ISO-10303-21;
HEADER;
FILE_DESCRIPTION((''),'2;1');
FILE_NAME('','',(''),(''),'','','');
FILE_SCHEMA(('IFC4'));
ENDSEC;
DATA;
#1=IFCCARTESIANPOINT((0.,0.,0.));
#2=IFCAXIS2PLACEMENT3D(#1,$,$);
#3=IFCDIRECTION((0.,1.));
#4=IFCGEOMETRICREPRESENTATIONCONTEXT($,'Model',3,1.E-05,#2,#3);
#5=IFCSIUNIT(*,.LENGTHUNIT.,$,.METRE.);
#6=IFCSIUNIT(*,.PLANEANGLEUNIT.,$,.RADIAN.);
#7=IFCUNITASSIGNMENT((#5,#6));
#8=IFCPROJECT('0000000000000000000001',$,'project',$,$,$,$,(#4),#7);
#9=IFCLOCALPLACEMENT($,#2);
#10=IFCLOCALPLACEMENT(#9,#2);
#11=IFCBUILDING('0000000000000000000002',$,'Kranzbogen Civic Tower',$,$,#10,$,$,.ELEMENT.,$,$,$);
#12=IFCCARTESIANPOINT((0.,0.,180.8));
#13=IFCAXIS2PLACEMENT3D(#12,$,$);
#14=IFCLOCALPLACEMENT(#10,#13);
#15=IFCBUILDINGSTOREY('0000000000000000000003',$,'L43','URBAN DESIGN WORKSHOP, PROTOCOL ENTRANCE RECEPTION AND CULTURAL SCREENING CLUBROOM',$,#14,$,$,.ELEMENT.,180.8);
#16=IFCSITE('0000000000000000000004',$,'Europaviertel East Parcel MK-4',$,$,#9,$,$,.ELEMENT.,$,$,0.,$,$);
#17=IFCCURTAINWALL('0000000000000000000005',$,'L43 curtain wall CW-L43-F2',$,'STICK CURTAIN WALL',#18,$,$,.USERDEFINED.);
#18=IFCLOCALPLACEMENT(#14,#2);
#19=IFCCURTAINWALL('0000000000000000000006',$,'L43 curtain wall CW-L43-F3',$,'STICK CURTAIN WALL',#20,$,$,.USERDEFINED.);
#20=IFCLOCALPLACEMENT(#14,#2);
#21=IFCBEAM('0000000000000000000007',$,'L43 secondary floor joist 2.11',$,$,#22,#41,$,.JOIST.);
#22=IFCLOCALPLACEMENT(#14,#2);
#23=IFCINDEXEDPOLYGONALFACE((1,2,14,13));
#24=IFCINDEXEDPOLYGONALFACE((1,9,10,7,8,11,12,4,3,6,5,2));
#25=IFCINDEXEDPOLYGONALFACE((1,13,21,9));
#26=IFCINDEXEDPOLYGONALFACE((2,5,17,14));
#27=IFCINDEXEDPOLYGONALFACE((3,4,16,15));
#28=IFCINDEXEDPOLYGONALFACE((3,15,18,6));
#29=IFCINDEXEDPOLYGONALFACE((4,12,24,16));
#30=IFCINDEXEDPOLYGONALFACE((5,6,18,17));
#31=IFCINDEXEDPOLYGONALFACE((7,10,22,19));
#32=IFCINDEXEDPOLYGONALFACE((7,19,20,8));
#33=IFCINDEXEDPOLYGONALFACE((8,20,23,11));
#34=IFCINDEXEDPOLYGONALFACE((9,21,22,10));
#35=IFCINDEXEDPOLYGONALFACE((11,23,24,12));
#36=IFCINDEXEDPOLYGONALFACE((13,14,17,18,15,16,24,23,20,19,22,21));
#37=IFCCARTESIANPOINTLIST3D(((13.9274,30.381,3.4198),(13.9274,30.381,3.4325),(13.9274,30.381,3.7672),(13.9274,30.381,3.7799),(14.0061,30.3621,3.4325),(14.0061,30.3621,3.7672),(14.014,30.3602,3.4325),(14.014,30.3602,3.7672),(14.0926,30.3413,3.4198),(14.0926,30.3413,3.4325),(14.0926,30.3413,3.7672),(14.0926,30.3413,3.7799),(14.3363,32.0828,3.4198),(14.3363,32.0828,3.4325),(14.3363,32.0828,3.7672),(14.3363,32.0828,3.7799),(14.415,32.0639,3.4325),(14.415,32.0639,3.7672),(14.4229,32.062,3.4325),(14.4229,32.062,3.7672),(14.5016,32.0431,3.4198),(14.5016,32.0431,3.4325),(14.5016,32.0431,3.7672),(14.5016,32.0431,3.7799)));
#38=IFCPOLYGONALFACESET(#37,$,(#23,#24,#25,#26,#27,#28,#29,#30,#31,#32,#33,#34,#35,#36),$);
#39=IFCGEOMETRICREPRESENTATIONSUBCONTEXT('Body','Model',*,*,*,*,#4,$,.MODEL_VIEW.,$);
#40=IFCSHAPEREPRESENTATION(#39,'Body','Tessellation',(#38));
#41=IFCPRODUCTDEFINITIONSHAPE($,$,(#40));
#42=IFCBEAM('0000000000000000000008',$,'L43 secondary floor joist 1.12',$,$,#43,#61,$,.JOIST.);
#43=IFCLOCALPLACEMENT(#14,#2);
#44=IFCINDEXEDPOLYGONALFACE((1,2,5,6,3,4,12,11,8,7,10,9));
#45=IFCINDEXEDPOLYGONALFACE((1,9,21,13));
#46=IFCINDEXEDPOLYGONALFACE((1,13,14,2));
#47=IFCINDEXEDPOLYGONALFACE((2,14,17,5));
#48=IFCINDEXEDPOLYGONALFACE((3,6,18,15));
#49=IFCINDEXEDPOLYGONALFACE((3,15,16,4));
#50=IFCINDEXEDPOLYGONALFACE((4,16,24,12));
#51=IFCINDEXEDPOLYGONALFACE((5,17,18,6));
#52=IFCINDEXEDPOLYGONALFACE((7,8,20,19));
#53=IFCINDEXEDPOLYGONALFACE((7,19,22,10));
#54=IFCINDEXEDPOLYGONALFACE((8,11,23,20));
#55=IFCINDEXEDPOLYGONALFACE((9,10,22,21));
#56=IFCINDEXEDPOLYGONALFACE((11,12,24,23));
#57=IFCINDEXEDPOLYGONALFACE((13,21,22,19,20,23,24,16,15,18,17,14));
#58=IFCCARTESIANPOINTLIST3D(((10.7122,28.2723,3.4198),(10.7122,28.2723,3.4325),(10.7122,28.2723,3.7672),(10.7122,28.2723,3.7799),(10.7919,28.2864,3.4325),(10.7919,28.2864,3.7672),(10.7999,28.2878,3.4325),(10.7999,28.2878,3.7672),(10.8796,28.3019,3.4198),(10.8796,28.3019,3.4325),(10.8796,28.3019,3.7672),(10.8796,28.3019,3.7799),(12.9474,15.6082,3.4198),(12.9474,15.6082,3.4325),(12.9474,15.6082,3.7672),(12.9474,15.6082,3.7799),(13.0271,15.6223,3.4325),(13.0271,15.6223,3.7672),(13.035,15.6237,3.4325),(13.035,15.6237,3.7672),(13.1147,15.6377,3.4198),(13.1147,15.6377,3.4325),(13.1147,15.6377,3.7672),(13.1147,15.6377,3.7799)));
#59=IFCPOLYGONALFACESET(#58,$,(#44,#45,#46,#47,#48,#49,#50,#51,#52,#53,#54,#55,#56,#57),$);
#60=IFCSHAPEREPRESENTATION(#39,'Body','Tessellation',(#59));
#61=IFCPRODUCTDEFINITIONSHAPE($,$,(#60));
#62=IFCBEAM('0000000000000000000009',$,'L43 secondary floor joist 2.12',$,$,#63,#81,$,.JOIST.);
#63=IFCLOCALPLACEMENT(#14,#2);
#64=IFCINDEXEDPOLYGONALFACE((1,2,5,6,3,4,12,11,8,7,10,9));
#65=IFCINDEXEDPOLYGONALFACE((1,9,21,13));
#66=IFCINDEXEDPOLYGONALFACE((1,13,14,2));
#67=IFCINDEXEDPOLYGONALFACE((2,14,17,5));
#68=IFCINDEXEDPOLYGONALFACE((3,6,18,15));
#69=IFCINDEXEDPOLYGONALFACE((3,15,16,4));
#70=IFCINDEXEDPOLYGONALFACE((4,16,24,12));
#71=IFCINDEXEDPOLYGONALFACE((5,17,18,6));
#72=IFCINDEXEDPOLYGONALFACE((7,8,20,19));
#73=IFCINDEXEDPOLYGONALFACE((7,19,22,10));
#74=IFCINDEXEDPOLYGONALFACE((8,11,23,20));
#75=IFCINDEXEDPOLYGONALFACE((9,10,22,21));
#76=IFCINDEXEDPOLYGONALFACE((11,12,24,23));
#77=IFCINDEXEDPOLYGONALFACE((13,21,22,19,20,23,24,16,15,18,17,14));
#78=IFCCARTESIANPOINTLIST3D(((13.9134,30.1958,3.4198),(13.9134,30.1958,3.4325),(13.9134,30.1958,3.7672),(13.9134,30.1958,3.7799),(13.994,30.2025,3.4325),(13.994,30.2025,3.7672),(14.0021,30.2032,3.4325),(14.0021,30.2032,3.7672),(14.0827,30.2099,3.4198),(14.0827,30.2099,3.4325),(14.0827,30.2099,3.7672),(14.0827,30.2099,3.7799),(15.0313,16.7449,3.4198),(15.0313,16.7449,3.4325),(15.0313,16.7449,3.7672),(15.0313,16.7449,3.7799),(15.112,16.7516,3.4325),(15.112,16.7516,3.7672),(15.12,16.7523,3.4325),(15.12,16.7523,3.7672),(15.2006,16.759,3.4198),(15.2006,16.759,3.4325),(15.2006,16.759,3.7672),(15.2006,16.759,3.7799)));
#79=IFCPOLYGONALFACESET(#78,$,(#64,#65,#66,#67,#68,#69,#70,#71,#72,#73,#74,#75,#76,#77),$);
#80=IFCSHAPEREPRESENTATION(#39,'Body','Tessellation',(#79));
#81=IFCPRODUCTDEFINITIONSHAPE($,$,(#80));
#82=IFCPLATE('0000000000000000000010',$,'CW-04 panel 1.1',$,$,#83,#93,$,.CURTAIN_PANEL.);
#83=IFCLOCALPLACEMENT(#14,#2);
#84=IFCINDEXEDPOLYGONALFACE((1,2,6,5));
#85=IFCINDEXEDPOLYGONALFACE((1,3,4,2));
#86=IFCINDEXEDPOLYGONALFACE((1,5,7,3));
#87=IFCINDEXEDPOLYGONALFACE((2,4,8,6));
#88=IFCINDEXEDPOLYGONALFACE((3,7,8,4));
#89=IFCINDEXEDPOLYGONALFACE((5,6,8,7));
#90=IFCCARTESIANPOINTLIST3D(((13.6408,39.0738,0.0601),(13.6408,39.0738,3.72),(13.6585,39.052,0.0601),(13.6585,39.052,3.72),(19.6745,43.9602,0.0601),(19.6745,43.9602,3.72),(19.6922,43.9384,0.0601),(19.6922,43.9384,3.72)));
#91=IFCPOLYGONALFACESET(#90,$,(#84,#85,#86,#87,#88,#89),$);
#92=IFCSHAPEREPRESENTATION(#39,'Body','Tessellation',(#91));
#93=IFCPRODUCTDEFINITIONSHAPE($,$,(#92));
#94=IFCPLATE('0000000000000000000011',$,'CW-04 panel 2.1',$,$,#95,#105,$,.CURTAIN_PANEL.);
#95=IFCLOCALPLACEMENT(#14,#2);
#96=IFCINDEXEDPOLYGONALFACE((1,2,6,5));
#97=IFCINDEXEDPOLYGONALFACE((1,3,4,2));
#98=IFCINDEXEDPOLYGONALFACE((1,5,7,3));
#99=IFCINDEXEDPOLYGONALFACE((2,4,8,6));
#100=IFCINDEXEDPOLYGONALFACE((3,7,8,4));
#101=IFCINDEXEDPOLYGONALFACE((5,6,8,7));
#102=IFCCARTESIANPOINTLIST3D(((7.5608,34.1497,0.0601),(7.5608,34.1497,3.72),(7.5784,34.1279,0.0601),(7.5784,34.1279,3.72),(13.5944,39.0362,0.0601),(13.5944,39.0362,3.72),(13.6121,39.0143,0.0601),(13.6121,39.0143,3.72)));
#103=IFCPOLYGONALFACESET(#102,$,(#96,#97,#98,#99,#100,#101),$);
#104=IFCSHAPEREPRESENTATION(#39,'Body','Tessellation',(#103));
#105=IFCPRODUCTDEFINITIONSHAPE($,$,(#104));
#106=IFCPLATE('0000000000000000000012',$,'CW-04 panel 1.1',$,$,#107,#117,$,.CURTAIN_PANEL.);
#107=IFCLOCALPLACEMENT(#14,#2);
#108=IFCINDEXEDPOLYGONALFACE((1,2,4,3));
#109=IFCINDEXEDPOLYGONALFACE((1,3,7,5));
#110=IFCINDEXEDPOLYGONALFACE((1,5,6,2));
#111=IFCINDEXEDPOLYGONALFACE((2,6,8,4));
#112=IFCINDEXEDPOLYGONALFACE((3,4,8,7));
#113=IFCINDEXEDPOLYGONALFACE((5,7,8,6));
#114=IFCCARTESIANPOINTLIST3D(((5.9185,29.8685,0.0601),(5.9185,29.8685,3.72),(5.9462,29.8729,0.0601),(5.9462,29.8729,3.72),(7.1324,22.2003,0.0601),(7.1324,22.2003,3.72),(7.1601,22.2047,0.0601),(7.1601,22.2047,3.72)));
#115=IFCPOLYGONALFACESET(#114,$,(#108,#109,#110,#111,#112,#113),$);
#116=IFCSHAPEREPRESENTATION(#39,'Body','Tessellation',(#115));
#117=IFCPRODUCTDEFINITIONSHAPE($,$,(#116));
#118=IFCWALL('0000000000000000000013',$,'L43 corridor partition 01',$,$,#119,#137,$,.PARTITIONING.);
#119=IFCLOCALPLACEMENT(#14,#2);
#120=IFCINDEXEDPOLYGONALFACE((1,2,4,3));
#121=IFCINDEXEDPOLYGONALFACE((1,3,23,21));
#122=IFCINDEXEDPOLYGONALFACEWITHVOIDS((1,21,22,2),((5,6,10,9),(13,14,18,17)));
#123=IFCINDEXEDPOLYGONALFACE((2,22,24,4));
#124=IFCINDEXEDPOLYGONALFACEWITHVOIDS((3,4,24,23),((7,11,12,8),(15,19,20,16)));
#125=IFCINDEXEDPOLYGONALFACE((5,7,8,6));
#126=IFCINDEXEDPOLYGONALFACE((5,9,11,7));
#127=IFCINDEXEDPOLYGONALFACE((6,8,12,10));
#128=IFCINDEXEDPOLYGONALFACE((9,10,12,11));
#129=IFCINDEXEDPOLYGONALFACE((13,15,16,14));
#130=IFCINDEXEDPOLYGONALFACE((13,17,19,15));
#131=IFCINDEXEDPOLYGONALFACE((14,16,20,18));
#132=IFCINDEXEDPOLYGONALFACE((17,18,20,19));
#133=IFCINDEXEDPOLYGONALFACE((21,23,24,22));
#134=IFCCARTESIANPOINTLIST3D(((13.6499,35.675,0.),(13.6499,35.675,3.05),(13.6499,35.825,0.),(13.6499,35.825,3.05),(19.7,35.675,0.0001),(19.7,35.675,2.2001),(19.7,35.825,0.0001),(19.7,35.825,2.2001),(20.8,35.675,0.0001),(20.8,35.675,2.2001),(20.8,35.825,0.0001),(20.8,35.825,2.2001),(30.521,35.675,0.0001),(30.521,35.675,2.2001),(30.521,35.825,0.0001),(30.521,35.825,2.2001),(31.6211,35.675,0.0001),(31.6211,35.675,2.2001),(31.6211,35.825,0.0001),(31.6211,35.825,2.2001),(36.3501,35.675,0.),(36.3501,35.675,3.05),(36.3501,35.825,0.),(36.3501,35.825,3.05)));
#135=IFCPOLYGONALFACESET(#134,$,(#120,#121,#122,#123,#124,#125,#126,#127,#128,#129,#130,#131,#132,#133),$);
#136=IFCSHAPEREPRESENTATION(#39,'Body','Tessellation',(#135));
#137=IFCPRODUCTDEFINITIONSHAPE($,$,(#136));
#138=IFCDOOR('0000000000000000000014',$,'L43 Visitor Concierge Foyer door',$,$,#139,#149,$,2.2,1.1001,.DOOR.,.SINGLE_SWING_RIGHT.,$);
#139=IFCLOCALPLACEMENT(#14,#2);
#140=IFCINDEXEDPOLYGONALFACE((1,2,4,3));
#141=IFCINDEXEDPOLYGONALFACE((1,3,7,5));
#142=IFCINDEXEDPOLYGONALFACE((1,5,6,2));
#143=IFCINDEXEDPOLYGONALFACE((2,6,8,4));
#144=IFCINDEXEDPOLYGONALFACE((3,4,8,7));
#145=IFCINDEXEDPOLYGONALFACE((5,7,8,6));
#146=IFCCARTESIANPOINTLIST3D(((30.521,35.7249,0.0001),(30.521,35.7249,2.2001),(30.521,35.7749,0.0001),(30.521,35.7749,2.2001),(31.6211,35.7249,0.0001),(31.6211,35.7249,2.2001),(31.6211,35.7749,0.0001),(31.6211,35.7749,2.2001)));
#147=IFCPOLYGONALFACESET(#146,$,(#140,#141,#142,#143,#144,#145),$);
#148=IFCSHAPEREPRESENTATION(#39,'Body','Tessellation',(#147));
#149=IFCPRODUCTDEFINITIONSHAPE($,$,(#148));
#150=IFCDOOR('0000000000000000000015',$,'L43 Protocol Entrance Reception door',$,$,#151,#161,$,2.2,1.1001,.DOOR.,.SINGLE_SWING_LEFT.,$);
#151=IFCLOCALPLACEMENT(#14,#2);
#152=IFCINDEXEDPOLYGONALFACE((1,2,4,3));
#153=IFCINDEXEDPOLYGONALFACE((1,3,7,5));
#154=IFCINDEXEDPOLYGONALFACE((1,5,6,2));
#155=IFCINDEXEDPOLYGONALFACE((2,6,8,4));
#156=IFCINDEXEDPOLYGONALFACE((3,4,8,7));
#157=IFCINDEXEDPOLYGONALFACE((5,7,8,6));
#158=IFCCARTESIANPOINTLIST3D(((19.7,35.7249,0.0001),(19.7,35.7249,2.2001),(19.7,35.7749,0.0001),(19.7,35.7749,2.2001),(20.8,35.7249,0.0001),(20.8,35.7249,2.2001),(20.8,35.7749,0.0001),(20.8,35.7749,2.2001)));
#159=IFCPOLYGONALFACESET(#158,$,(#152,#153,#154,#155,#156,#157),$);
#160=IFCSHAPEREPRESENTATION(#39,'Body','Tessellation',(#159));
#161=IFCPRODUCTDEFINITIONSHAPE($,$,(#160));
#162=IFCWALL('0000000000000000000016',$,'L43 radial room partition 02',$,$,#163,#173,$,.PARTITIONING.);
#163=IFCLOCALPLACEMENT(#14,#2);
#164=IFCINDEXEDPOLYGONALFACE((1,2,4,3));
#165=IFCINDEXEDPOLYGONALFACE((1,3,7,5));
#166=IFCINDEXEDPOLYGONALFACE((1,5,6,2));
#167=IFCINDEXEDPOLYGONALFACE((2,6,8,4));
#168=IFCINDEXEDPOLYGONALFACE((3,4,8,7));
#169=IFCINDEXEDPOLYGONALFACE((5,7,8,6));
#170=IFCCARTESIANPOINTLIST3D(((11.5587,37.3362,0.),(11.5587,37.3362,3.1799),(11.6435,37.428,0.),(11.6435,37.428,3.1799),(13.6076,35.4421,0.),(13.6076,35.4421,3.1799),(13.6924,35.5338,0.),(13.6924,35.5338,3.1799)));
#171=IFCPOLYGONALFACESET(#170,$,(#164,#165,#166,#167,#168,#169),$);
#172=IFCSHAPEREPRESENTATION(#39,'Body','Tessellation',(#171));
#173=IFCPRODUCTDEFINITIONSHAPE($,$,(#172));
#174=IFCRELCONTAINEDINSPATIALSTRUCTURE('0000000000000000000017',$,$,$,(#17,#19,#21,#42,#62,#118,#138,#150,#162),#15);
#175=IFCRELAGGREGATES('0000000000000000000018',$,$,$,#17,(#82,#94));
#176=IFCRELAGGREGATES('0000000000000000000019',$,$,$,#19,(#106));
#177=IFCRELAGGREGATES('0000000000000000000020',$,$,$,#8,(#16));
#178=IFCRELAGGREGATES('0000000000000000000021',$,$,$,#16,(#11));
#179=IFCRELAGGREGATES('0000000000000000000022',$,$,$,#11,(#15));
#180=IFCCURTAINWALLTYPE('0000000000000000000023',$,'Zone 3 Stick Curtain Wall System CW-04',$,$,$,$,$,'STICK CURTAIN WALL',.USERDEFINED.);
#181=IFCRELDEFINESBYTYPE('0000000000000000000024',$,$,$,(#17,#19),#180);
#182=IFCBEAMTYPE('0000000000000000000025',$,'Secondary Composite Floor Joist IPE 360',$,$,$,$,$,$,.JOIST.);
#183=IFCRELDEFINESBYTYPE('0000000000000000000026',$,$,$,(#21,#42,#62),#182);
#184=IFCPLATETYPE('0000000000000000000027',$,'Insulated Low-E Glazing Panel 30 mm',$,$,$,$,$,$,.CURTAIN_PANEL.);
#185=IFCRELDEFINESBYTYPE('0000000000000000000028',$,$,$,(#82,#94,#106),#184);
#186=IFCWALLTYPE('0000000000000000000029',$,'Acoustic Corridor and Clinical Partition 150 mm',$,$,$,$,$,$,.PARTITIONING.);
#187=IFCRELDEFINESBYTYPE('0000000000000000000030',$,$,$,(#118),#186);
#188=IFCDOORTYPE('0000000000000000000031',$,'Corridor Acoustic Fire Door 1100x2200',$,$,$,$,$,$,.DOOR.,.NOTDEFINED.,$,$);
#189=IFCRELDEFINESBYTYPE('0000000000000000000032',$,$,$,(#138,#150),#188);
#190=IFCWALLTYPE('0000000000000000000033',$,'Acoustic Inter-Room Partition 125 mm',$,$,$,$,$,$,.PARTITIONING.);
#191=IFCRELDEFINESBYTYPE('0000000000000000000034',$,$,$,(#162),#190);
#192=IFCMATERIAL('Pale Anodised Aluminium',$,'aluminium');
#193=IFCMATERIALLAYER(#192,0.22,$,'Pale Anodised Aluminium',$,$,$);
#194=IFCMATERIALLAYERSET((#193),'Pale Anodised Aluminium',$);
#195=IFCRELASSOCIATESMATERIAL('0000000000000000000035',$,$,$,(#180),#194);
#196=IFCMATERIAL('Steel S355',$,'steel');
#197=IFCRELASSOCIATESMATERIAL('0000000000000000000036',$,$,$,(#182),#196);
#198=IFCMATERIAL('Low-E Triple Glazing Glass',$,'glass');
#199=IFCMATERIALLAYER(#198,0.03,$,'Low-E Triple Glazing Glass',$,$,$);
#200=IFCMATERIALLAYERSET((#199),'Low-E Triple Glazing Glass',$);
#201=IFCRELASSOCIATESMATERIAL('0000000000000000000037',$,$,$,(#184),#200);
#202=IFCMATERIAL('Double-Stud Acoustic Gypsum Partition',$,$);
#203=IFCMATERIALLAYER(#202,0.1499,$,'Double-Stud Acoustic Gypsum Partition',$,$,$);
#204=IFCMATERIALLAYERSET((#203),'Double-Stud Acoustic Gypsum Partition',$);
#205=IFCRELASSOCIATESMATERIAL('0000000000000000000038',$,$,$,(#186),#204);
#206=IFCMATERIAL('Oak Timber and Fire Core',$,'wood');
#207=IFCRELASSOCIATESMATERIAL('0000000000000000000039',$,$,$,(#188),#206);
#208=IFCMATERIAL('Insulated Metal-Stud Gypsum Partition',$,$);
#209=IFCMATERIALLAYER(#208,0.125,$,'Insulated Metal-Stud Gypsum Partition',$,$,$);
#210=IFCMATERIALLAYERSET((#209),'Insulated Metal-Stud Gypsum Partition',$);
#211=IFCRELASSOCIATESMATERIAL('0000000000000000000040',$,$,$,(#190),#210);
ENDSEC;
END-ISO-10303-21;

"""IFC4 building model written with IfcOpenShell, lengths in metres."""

from ifc_helpers import new_model, si_unit, direction, frame, frame_2d, origin, origin_2d, place, context, subcontext, project, spatial, rectangle, i_section, extrude, material, layer, layer_set, material_profile, profile_set, type_object, element, fill, aggregate, save


model = new_model("IFC4")

# Units and contexts
model_context = context("Model", 3, precision=1e-05, world=origin(), true_north=direction((0.0, 1.0)))
body_context = subcontext(model_context, "Body", "Model", "MODEL_VIEW")
ifc_project = project(units=[si_unit("LENGTHUNIT", "METRE"), si_unit("PLANEANGLEUNIT", "RADIAN")], contexts=[model_context])

# Site, building, storey
site_placement = place(None, origin())
site = spatial("IfcSite", under=ifc_project, at=site_placement, Name="Europaviertel East Parcel MK-4", CompositionType="ELEMENT", RefElevation=0.0)
building_placement = place(site_placement, origin())
building = spatial("IfcBuilding", under=site, at=building_placement, Name="Kranzbogen Civic Tower", CompositionType="ELEMENT")
storey_placement = place(building_placement, frame((0.0, 0.0, 180.8)))
storey = spatial("IfcBuildingStorey", under=building, at=storey_placement, Name="L43", Description="URBAN DESIGN WORKSHOP, PROTOCOL ENTRANCE RECEPTION AND CULTURAL SCREENING CLUBROOM", CompositionType="ELEMENT", Elevation=180.8)

# Shared definitions
ifc_material_1 = material(Name="Steel S355", Category="steel")

# Curtain wall
ifc_material_2 = material(Name="Pale Anodised Aluminium", Category="aluminium")
ifc_layer_1 = layer(ifc_material_2, 0.22, Name="Pale Anodised Aluminium")
ifc_layer_set_1 = layer_set([ifc_layer_1], Name="Pale Anodised Aluminium")
curtain_wall_type = type_object("IfcCurtainWallType", Name="Zone 3 Stick Curtain Wall System CW-04", ElementType="STICK CURTAIN WALL", PredefinedType="USERDEFINED", material=ifc_layer_set_1)
curtain_wall_1_placement = place(storey_placement, origin())
curtain_wall_1 = element("IfcCurtainWall", 1, at=curtain_wall_1_placement, inside=storey, type_object=curtain_wall_type, Name="L43 curtain wall CW-L43-F2", ObjectType="STICK CURTAIN WALL", PredefinedType="USERDEFINED")

# Curtain wall
curtain_wall_2_placement = place(storey_placement, origin())
curtain_wall_2 = element("IfcCurtainWall", 2, at=curtain_wall_2_placement, inside=storey, type_object=curtain_wall_type, Name="L43 curtain wall CW-L43-F3", ObjectType="STICK CURTAIN WALL", PredefinedType="USERDEFINED")

# Beams
ifc_material_profile_1 = material_profile(ifc_material_1, i_section(OverallWidth=0.1699, OverallDepth=0.3601, WebThickness=0.0081, FlangeThickness=0.0127, at=origin_2d()), Name="IPE 360")
ifc_profile_set_1 = profile_set([ifc_material_profile_1], Name="Steel S355")
beam_type_1 = type_object("IfcBeamType", Name="Secondary Composite Floor Joist IPE 360", PredefinedType="JOIST", material=ifc_profile_set_1)
beam_1_placement = place(storey_placement, frame((14.4189, 32.063, 3.5999), z_axis=(-0.233631, -0.972325, 0.0), x_axis=(0.972325, -0.233631, 0.0)))
element("IfcBeam", 3, at=beam_1_placement, inside=storey, type_object=beam_type_1, Name="L43 secondary floor joist 2.11", PredefinedType="JOIST", context=body_context, shape_type="SweptSolid", body=[
    extrude(i_section(OverallWidth=0.1699, OverallDepth=0.3601, WebThickness=0.0081, FlangeThickness=0.0127, at=origin_2d()), origin(), (0.0, 0.0, 1.0), 1.7502),
])
beam_2_placement = place(storey_placement, frame((10.7959, 28.2871, 3.5999), z_axis=(0.173806, -0.98478, 0.0), x_axis=(0.98478, 0.173806, 0.0)))
element("IfcBeam", 4, at=beam_2_placement, inside=storey, type_object=beam_type_1, Name="L43 secondary floor joist 1.12", PredefinedType="JOIST", context=body_context, shape_type="SweptSolid", body=[
    extrude(i_section(OverallWidth=0.1699, OverallDepth=0.3601, WebThickness=0.0081, FlangeThickness=0.0127, at=origin_2d()), origin(), (0.0, 0.0, 1.0), 12.8599),
])
beam_3_placement = place(storey_placement, frame((13.998, 30.2029, 3.5999), z_axis=(0.082825, -0.996564, 0.0), x_axis=(0.996564, 0.082825, 0.0)))
element("IfcBeam", 5, at=beam_3_placement, inside=storey, type_object=beam_type_1, Name="L43 secondary floor joist 2.12", PredefinedType="JOIST", context=body_context, shape_type="SweptSolid", body=[
    extrude(i_section(OverallWidth=0.1699, OverallDepth=0.3601, WebThickness=0.0081, FlangeThickness=0.0127, at=origin_2d()), origin(), (0.0, 0.0, 1.0), 13.4973),
])

# Plates
ifc_material_3 = material(Name="Low-E Triple Glazing Glass", Category="glass")
ifc_layer_2 = layer(ifc_material_3, 0.03, Name="Low-E Triple Glazing Glass")
ifc_layer_set_2 = layer_set([ifc_layer_2], Name="Low-E Triple Glazing Glass")
plate_type = type_object("IfcPlateType", Name="Insulated Low-E Glazing Panel 30 mm", PredefinedType="CURTAIN_PANEL", material=ifc_layer_set_2)
plate_1_placement = place(storey_placement, frame((16.6665, 41.5061, 0.0601), z_axis=(0.0, 0.0, 1.0), x_axis=(-0.777116, -0.629358, 0.0)))
plate_1 = element("IfcPlate", 6, at=plate_1_placement, type_object=plate_type, Name="CW-04 panel 1.1", PredefinedType="CURTAIN_PANEL", context=body_context, shape_type="SweptSolid", body=[
    extrude(rectangle(XDim=7.7642, YDim=0.0281, at=origin_2d()), origin(), (0.0, 0.0, 1.0), 3.6599),
])
plate_2_placement = place(storey_placement, frame((10.5864, 36.582, 0.0601), z_axis=(0.0, 0.0, 1.0), x_axis=(-0.777116, -0.629358, 0.0)))
plate_2 = element("IfcPlate", 7, at=plate_2_placement, type_object=plate_type, Name="CW-04 panel 2.1", PredefinedType="CURTAIN_PANEL", context=body_context, shape_type="SweptSolid", body=[
    extrude(rectangle(XDim=7.7642, YDim=0.0281, at=origin_2d()), origin(), (0.0, 0.0, 1.0), 3.6599),
])
aggregate(curtain_wall_1, [plate_1, plate_2])
plate_3_placement = place(storey_placement, frame((6.5393, 26.0366, 0.0601), z_axis=(0.0, 0.0, 1.0), x_axis=(0.156361, -0.9877, 0.0)))
plate_3 = element("IfcPlate", 8, at=plate_3_placement, type_object=plate_type, Name="CW-04 panel 1.1", PredefinedType="CURTAIN_PANEL", context=body_context, shape_type="SweptSolid", body=[
    extrude(rectangle(XDim=7.7637, YDim=0.0281, at=origin_2d()), origin(), (0.0, 0.0, 1.0), 3.6599),
])
aggregate(curtain_wall_2, [plate_3])

# Wall, openings, doors
ifc_material_4 = material(Name="Double-Stud Acoustic Gypsum Partition")
ifc_layer_3 = layer(ifc_material_4, 0.1499, Name="Double-Stud Acoustic Gypsum Partition")
ifc_layer_set_3 = layer_set([ifc_layer_3], Name="Double-Stud Acoustic Gypsum Partition")
wall_type_1 = type_object("IfcWallType", Name="Acoustic Corridor and Clinical Partition 150 mm", PredefinedType="PARTITIONING", material=ifc_layer_set_3)
wall_1_placement = place(storey_placement, frame((13.6499, 35.75, 0.0), z_axis=(0.0, 0.0, 1.0), x_axis=(1.0, 0.0, 0.0)))
wall_1 = element("IfcWall", 9, at=wall_1_placement, inside=storey, type_object=wall_type_1, Name="L43 corridor partition 01", PredefinedType="PARTITIONING", context=body_context, shape_type="SweptSolid", body=[
    extrude(rectangle(XDim=22.7002, YDim=0.1499, at=frame_2d((11.3501, 0.0))), origin(), (0.0, 0.0, 1.0), 3.05),
])
opening_1_placement = place(wall_1_placement, frame((16.8711, 0.0, 0.0)))
opening_1 = element("IfcOpeningElement", 10, at=opening_1_placement, cuts=wall_1, PredefinedType="OPENING", context=body_context, shape_type="SweptSolid", body=[
    extrude(rectangle(XDim=1.1001, YDim=2.2, at=frame_2d((0.55, 1.1001))), frame((0.0, 0.085, 0.0), z_axis=(0.0, -1.0, 0.0), x_axis=(1.0, 0.0, 0.0)), (0.0, 0.0, 1.0), 0.1699),
])
opening_2_placement = place(wall_1_placement, frame((6.05, 0.0, 0.0)))
opening_2 = element("IfcOpeningElement", 11, at=opening_2_placement, cuts=wall_1, PredefinedType="OPENING", context=body_context, shape_type="SweptSolid", body=[
    extrude(rectangle(XDim=1.1001, YDim=2.2, at=frame_2d((0.55, 1.1001))), frame((0.0, 0.085, 0.0), z_axis=(0.0, -1.0, 0.0), x_axis=(1.0, 0.0, 0.0)), (0.0, 0.0, 1.0), 0.1699),
])
ifc_material_5 = material(Name="Oak Timber and Fire Core", Category="wood")
door_type = type_object("IfcDoorType", Name="Corridor Acoustic Fire Door 1100x2200", OperationType="NOTDEFINED", PredefinedType="DOOR", material=ifc_material_5)
door_1_placement = place(opening_1_placement, origin())
door_1 = element("IfcDoor", 12, at=door_1_placement, inside=storey, type_object=door_type, Name="L43 Visitor Concierge Foyer door", OperationType="SINGLE_SWING_RIGHT", OverallHeight=2.2, OverallWidth=1.1001, PredefinedType="DOOR", context=body_context, shape_type="SweptSolid", body=[
    extrude(rectangle(XDim=1.1001, YDim=2.2, at=frame_2d((0.55, 1.1001))), frame((0.0, 0.0249, 0.0), z_axis=(0.0, -1.0, 0.0), x_axis=(1.0, 0.0, 0.0)), (0.0, 0.0, 1.0), 0.05),
])
fill(opening_1, door_1)
door_2_placement = place(opening_2_placement, origin())
door_2 = element("IfcDoor", 13, at=door_2_placement, inside=storey, type_object=door_type, Name="L43 Protocol Entrance Reception door", OperationType="SINGLE_SWING_LEFT", OverallHeight=2.2, OverallWidth=1.1001, PredefinedType="DOOR", context=body_context, shape_type="SweptSolid", body=[
    extrude(rectangle(XDim=1.1001, YDim=2.2, at=frame_2d((0.55, 1.1001))), frame((0.0, 0.0249, 0.0), z_axis=(0.0, -1.0, 0.0), x_axis=(1.0, 0.0, 0.0)), (0.0, 0.0, 1.0), 0.05),
])
fill(opening_2, door_2)

# Wall
ifc_material_6 = material(Name="Insulated Metal-Stud Gypsum Partition")
ifc_layer_4 = layer(ifc_material_6, 0.125, Name="Insulated Metal-Stud Gypsum Partition")
ifc_layer_set_4 = layer_set([ifc_layer_4], Name="Insulated Metal-Stud Gypsum Partition")
wall_type_2 = type_object("IfcWallType", Name="Acoustic Inter-Room Partition 125 mm", PredefinedType="PARTITIONING", material=ifc_layer_set_4)
wall_2_placement = place(storey_placement, frame((13.6499, 35.488, 0.0), z_axis=(0.0, 0.0, 1.0), x_axis=(-0.7343, 0.678825, 0.0)))
element("IfcWall", 14, at=wall_2_placement, inside=storey, type_object=wall_type_2, Name="L43 radial room partition 02", PredefinedType="PARTITIONING", context=body_context, shape_type="SweptSolid", body=[
    extrude(rectangle(XDim=2.7903, YDim=0.125, at=frame_2d((1.395, 0.0))), origin(), (0.0, 0.0, 1.0), 3.1799),
])

save(model, "model.ifc")
